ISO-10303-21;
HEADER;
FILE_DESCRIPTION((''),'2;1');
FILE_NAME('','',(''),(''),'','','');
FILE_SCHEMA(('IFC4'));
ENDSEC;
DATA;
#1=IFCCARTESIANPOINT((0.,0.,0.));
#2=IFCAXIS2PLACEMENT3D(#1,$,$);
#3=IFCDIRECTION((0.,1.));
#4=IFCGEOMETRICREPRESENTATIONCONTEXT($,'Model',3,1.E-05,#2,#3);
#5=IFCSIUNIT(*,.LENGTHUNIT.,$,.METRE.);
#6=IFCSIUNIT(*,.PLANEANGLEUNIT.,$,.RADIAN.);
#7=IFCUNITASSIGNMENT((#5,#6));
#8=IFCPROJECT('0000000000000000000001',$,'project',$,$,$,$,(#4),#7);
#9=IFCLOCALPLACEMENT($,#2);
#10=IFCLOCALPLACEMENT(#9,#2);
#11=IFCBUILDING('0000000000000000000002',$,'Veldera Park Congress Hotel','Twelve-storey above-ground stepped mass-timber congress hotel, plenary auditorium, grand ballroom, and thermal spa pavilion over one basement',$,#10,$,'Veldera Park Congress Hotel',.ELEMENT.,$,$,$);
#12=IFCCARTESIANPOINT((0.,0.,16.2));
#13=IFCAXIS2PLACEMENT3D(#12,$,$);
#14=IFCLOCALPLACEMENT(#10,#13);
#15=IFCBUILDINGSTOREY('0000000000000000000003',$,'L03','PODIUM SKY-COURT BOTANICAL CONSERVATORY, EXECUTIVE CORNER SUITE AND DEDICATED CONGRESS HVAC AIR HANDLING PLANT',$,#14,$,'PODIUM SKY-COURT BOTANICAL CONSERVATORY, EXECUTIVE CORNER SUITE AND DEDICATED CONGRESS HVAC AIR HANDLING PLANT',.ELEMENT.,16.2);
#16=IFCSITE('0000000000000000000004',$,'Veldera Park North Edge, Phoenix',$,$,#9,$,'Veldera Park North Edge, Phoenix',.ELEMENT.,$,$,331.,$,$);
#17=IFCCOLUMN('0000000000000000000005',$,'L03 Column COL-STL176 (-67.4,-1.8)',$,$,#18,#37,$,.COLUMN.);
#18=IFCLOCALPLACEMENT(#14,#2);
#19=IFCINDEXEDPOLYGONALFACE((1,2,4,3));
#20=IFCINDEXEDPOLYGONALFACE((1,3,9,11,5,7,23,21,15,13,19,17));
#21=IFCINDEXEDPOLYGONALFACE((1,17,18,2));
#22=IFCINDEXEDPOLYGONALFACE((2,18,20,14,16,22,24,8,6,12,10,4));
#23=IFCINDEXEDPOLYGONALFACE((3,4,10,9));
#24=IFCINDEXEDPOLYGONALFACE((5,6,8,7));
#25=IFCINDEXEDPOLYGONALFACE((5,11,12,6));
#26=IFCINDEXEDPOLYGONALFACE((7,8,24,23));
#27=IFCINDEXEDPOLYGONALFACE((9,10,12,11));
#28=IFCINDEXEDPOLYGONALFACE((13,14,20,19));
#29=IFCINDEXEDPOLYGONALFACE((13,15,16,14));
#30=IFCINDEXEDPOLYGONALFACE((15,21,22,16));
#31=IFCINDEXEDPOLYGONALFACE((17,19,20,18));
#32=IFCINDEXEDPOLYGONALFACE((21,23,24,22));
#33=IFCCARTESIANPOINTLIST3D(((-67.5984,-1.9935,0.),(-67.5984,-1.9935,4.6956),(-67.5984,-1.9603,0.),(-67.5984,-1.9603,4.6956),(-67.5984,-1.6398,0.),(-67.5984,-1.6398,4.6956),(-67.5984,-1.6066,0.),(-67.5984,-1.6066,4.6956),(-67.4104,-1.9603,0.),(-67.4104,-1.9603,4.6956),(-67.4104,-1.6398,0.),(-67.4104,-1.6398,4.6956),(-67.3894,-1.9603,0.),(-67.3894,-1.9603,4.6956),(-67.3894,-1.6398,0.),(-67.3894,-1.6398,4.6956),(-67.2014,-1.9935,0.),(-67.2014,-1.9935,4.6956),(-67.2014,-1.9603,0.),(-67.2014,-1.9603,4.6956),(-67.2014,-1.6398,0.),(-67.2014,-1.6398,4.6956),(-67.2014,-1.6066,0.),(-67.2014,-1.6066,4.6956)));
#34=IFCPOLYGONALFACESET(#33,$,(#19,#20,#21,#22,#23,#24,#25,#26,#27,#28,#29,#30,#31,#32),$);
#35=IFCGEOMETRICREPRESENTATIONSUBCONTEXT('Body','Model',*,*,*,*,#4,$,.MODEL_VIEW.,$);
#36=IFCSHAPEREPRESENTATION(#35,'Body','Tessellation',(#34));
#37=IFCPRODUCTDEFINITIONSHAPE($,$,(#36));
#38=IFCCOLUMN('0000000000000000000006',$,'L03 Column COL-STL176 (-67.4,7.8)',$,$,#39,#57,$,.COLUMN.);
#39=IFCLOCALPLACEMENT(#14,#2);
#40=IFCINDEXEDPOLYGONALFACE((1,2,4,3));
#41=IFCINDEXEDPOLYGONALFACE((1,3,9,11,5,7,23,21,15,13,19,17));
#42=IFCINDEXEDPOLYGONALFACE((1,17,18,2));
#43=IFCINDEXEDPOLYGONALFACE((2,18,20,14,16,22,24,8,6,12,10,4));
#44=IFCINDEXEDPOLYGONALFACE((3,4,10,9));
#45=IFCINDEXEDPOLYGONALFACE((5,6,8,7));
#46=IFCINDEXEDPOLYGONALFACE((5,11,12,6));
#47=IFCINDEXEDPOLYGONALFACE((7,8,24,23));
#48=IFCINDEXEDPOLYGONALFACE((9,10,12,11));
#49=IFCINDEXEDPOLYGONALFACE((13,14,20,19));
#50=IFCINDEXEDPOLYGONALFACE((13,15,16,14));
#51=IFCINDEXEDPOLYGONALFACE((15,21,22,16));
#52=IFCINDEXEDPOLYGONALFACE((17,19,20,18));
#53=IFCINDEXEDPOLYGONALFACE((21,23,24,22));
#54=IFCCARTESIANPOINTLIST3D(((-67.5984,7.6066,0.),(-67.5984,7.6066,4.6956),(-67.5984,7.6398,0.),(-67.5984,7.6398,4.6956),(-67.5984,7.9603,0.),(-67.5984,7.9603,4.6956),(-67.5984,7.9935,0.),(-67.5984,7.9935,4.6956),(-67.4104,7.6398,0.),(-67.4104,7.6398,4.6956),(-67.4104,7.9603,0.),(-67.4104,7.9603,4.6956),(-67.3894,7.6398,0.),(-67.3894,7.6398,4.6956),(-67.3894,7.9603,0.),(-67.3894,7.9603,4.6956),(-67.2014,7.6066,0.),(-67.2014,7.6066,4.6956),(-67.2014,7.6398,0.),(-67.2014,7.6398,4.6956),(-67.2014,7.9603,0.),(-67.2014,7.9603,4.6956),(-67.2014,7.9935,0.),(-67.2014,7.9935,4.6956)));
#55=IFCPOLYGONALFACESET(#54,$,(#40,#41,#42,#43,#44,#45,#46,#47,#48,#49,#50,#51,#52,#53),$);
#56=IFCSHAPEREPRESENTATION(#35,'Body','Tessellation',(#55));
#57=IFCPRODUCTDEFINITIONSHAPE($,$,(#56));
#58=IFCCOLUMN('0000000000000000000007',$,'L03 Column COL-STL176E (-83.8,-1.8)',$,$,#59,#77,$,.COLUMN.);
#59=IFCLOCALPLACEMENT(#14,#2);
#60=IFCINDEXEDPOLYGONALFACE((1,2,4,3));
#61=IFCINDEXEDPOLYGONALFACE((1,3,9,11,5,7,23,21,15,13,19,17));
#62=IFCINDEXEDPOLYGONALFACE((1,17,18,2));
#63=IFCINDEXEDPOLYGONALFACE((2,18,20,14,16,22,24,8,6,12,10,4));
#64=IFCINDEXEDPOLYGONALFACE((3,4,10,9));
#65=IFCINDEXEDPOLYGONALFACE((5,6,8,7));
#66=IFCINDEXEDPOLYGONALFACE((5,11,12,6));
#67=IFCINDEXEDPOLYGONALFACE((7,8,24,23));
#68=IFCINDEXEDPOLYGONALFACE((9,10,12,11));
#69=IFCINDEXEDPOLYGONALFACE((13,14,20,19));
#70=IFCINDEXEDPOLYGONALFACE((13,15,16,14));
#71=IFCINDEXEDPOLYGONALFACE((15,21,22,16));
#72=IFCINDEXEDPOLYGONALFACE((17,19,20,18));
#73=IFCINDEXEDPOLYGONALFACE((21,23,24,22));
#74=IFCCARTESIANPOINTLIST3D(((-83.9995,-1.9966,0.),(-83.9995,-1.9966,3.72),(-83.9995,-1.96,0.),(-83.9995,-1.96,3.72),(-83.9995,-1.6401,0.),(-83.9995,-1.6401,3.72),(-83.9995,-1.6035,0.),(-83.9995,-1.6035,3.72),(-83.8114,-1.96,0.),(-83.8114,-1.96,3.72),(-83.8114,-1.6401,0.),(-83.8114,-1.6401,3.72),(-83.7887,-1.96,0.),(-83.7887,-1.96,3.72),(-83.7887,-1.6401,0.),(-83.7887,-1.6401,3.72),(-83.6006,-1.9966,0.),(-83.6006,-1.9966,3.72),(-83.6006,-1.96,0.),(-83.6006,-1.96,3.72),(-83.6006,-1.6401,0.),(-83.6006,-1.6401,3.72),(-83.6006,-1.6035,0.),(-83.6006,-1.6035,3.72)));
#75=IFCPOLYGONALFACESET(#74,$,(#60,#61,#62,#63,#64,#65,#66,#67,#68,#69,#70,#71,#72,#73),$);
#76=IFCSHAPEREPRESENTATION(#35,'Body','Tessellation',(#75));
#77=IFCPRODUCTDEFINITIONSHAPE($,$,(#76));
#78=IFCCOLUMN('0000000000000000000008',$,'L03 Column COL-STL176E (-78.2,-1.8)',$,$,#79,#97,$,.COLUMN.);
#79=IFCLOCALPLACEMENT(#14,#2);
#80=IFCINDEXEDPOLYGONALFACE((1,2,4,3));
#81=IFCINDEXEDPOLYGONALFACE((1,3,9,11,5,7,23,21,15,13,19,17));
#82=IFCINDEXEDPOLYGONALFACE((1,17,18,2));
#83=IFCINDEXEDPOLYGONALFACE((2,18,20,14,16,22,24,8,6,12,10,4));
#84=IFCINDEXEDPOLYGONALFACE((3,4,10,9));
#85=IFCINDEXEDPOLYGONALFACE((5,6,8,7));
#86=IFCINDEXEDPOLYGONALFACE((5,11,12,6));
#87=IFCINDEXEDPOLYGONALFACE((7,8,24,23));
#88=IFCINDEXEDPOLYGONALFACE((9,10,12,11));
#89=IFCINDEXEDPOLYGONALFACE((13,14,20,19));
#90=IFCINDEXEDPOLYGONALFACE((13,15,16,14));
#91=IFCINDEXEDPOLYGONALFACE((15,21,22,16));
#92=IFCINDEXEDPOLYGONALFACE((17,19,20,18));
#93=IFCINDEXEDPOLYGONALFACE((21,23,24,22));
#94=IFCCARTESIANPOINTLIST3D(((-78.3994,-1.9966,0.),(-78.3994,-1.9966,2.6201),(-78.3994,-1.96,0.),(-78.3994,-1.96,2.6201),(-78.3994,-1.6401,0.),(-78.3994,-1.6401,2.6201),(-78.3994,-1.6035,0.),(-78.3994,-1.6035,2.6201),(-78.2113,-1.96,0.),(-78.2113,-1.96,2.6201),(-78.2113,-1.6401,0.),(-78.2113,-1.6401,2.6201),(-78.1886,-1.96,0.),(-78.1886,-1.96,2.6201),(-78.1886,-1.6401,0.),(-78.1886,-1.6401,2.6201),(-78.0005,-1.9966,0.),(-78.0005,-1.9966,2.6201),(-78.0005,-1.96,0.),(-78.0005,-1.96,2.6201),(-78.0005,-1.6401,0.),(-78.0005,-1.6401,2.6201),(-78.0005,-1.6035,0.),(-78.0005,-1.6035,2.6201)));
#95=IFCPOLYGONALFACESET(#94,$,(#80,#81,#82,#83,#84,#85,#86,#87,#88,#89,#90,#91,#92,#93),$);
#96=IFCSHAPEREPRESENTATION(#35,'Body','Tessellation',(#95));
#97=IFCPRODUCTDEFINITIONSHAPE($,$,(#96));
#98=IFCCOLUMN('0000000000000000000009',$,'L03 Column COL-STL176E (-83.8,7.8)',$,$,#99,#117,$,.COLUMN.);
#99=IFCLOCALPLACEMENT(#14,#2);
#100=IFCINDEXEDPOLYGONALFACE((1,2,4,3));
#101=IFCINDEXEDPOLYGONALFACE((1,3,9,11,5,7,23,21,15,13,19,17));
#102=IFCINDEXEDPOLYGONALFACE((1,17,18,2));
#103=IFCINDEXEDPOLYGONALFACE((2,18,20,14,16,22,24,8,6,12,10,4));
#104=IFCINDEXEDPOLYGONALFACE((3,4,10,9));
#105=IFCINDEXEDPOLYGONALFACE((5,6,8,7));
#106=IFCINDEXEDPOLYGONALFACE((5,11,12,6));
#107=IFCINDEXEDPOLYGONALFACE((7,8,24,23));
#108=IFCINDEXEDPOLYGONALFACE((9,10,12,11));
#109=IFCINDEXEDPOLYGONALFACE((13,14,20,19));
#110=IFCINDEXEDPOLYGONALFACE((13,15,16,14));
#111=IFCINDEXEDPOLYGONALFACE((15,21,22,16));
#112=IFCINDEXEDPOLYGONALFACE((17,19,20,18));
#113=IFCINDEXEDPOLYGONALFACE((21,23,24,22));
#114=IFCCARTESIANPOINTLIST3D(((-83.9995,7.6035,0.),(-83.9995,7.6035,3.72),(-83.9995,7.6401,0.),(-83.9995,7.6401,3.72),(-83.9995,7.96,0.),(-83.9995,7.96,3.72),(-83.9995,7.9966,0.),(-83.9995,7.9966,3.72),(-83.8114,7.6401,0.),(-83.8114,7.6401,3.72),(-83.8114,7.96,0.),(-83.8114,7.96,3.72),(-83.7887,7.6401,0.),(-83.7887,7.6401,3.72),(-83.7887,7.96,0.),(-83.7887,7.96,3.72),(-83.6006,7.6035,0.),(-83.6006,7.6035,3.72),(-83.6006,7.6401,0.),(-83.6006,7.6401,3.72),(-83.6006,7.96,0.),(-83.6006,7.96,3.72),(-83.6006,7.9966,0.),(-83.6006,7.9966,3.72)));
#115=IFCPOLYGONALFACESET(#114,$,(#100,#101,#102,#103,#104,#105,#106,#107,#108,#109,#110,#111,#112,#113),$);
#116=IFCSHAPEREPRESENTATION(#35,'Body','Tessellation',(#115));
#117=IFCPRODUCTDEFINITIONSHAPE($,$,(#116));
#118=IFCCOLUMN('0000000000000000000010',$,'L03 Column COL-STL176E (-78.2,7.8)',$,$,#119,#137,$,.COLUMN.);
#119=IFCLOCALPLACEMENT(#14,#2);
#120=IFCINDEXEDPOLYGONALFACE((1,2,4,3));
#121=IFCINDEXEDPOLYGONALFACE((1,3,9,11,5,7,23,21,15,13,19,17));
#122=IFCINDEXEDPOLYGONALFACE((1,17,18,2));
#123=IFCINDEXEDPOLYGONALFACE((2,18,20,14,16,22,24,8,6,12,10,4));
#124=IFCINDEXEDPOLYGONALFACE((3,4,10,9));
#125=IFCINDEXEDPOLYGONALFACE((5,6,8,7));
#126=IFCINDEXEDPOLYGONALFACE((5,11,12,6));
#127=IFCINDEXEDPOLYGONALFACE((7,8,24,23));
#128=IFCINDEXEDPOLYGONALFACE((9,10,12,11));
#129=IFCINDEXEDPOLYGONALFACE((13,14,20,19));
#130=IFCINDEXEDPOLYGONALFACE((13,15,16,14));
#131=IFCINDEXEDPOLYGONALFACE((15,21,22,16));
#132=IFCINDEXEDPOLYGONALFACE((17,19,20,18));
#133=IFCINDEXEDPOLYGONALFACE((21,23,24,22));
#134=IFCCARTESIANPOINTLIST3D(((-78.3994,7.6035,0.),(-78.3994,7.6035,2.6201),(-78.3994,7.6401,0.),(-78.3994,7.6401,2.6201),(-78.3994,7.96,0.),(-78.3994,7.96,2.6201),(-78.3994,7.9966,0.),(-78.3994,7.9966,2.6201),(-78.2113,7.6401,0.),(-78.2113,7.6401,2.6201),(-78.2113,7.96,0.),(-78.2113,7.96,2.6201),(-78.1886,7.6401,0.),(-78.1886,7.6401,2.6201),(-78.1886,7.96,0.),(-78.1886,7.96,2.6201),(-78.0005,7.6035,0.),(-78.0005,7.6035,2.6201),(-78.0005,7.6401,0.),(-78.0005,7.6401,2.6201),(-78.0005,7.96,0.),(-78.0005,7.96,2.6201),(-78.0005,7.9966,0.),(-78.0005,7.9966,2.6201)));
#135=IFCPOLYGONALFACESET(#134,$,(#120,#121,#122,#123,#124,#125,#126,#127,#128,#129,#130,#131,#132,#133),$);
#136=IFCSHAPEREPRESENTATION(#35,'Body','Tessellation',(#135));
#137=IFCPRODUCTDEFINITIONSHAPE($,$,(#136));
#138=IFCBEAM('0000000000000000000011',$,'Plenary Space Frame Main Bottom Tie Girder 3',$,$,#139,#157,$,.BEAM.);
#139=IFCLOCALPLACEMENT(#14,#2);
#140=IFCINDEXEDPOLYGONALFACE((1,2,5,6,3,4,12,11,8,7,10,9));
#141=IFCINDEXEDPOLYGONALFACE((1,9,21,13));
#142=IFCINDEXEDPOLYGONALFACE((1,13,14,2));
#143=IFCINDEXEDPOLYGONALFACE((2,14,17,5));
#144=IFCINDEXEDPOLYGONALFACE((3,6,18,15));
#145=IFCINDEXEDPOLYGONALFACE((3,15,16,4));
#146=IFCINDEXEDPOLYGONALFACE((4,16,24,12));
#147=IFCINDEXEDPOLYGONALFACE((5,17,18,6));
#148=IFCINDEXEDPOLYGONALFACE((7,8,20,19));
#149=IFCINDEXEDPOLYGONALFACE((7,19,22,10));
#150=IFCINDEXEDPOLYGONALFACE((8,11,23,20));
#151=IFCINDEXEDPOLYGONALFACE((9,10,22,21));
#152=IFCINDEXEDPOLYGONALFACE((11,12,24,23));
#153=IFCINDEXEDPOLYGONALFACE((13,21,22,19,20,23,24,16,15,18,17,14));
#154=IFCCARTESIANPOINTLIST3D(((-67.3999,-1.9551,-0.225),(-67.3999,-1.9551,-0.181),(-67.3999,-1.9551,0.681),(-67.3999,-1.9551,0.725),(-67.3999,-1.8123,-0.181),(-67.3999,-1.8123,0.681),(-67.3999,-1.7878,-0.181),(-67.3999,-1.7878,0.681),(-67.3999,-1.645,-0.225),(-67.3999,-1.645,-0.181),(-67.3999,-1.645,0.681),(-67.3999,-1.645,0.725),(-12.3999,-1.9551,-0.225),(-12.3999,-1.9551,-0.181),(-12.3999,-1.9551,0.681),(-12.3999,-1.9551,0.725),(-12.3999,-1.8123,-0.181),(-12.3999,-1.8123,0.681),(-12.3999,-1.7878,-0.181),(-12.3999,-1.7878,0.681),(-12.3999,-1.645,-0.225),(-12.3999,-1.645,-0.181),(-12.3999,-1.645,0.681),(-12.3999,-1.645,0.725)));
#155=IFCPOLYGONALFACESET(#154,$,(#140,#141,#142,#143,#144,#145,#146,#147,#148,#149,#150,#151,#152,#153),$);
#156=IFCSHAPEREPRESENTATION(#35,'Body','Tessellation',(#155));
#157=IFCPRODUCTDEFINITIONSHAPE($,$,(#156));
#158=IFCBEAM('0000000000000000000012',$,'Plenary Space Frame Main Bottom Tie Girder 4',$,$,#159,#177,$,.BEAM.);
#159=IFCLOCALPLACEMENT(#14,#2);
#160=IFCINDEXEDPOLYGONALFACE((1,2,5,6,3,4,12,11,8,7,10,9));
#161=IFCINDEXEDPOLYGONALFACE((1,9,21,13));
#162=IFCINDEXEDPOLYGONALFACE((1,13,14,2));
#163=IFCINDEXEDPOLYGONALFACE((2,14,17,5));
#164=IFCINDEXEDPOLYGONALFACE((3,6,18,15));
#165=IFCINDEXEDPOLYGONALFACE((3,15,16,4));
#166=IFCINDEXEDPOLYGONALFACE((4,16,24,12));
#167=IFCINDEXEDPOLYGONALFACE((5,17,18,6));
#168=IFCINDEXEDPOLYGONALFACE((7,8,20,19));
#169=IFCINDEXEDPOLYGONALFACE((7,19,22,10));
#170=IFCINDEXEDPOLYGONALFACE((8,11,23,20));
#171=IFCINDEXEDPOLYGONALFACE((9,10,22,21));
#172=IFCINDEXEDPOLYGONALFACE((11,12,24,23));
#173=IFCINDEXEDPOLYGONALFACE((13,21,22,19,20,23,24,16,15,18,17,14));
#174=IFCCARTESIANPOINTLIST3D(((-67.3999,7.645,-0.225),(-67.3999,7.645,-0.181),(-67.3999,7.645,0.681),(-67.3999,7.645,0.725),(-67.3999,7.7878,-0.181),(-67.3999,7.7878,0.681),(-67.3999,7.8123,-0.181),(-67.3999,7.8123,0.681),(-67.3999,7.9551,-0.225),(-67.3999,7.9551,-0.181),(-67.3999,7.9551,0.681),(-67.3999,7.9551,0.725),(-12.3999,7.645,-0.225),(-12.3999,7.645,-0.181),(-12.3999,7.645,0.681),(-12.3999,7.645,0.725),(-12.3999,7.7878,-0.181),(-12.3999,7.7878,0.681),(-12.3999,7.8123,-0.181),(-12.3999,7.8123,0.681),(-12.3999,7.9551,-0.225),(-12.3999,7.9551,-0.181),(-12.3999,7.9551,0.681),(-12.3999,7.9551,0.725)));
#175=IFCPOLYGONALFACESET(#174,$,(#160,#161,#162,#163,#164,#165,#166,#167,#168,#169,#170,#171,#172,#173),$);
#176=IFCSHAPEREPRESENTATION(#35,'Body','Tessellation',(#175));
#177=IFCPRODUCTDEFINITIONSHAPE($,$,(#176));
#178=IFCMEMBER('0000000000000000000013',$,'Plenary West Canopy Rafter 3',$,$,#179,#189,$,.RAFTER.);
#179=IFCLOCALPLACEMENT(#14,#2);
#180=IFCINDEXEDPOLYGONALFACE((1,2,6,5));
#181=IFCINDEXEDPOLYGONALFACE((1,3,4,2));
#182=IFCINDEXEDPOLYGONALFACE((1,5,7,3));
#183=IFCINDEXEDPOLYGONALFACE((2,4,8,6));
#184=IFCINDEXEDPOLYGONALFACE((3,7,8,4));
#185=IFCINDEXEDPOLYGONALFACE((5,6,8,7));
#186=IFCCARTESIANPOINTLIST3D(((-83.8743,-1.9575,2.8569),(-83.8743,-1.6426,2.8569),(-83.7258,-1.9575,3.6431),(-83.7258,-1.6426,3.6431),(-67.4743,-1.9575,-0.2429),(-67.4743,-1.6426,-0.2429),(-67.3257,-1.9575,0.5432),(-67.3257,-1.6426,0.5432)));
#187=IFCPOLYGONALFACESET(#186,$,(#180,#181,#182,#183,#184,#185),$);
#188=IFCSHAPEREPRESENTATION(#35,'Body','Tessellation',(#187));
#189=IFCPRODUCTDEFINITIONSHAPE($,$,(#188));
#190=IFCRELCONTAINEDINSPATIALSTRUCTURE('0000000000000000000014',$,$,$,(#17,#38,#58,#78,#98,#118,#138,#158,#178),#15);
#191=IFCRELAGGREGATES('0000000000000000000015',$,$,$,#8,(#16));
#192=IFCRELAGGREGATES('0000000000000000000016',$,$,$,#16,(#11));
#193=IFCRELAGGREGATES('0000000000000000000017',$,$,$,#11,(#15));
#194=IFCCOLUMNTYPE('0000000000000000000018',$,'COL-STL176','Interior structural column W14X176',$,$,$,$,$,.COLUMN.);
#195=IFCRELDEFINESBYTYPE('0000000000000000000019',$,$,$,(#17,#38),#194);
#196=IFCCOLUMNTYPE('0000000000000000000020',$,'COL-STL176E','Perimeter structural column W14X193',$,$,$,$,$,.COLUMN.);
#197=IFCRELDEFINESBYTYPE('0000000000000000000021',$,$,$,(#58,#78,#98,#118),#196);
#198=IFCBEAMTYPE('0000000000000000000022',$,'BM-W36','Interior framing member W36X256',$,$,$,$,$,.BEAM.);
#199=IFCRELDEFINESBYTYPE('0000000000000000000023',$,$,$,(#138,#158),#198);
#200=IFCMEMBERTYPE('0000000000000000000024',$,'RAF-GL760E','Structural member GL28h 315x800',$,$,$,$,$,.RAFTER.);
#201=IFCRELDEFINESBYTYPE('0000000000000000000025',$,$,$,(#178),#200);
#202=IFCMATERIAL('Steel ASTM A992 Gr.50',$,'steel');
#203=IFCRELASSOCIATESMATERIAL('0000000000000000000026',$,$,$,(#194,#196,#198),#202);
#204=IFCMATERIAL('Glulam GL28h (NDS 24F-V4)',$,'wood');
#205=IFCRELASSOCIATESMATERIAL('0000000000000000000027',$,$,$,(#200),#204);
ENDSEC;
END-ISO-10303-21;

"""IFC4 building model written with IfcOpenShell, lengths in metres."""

from ifc_helpers import new_model, si_unit, direction, frame, origin, origin_2d, place, context, subcontext, project, spatial, rectangle, i_section, extrude, material, material_profile, profile_set, type_object, element, save


model = new_model("IFC4")

# Units and contexts
model_context = context("Model", 3, precision=1e-05, world=origin(), true_north=direction((0.0, 1.0)))
body_context = subcontext(model_context, "Body", "Model", "MODEL_VIEW")
ifc_project = project(units=[si_unit("LENGTHUNIT", "METRE"), si_unit("PLANEANGLEUNIT", "RADIAN")], contexts=[model_context])

# Site, building, storey
site_placement = place(None, origin())
site = spatial("IfcSite", under=ifc_project, at=site_placement, Name="Veldera Park North Edge, Phoenix", LongName="Veldera Park North Edge, Phoenix", CompositionType="ELEMENT", RefElevation=331.0)
building_placement = place(site_placement, origin())
building = spatial("IfcBuilding", under=site, at=building_placement, Name="Veldera Park Congress Hotel", Description="Twelve-storey above-ground stepped mass-timber congress hotel, plenary auditorium, grand ballroom, and thermal spa pavilion over one basement", LongName="Veldera Park Congress Hotel", CompositionType="ELEMENT")
storey_placement = place(building_placement, frame((0.0, 0.0, 16.2)))
storey = spatial("IfcBuildingStorey", under=building, at=storey_placement, Name="L03", Description="PODIUM SKY-COURT BOTANICAL CONSERVATORY, EXECUTIVE CORNER SUITE AND DEDICATED CONGRESS HVAC AIR HANDLING PLANT", LongName="PODIUM SKY-COURT BOTANICAL CONSERVATORY, EXECUTIVE CORNER SUITE AND DEDICATED CONGRESS HVAC AIR HANDLING PLANT", CompositionType="ELEMENT", Elevation=16.2)

# Columns
ifc_material_1 = material(Name="Steel ASTM A992 Gr.50", Category="steel")
ifc_material_profile_1 = material_profile(ifc_material_1, i_section(OverallWidth=0.397, OverallDepth=0.387, WebThickness=0.021, FlangeThickness=0.0332, at=origin_2d()), Name="W14X176")
ifc_profile_set_1 = profile_set([ifc_material_profile_1], Name="Steel ASTM A992 Gr.50")
column_type_1 = type_object("IfcColumnType", Name="COL-STL176", Description="Interior structural column W14X176", PredefinedType="COLUMN", material=ifc_profile_set_1)
for number, where, z_axis, x_axis, name in (
    (1, (-67.3999, -1.8, 0.0), (0.0, 0.0, 1.0), (1.0, 0.0, 0.0), "L03 Column COL-STL176 (-67.4,-1.8)"),
    (2, (-67.3999, 7.8, 0.0), (0.0, 0.0, 1.0), (1.0, 0.0, 0.0), "L03 Column COL-STL176 (-67.4,7.8)"),
):
    element("IfcColumn", number, at=place(storey_placement, frame(where, z_axis=z_axis, x_axis=x_axis)), inside=storey, type_object=column_type_1, Name=name, PredefinedType="COLUMN", context=body_context, shape_type="SweptSolid", body=[
        extrude(i_section(OverallWidth=0.397, OverallDepth=0.387, WebThickness=0.021, FlangeThickness=0.0332, at=origin_2d()), origin(), (0.0, 0.0, 1.0), 4.6956),
    ])
ifc_material_profile_2 = material_profile(ifc_material_1, i_section(OverallWidth=0.3989, OverallDepth=0.3931, WebThickness=0.0227, FlangeThickness=0.0366, at=origin_2d()), Name="W14X193")
ifc_profile_set_2 = profile_set([ifc_material_profile_2], Name="Steel ASTM A992 Gr.50")
column_type_2 = type_object("IfcColumnType", Name="COL-STL176E", Description="Perimeter structural column W14X193", PredefinedType="COLUMN", material=ifc_profile_set_2)
column_1_placement = place(storey_placement, frame((-83.8, -1.8, 0.0), z_axis=(0.0, 0.0, 1.0), x_axis=(1.0, 0.0, 0.0)))
element("IfcColumn", 3, at=column_1_placement, inside=storey, type_object=column_type_2, Name="L03 Column COL-STL176E (-83.8,-1.8)", PredefinedType="COLUMN", context=body_context, shape_type="SweptSolid", body=[
    extrude(i_section(OverallWidth=0.3989, OverallDepth=0.3931, WebThickness=0.0227, FlangeThickness=0.0366, at=origin_2d()), origin(), (0.0, 0.0, 1.0), 3.72),
])
column_2_placement = place(storey_placement, frame((-78.2, -1.8, 0.0), z_axis=(0.0, 0.0, 1.0), x_axis=(1.0, 0.0, 0.0)))
element("IfcColumn", 4, at=column_2_placement, inside=storey, type_object=column_type_2, Name="L03 Column COL-STL176E (-78.2,-1.8)", PredefinedType="COLUMN", context=body_context, shape_type="SweptSolid", body=[
    extrude(i_section(OverallWidth=0.3989, OverallDepth=0.3931, WebThickness=0.0227, FlangeThickness=0.0366, at=origin_2d()), origin(), (0.0, 0.0, 1.0), 2.6201),
])
column_3_placement = place(storey_placement, frame((-83.8, 7.8, 0.0), z_axis=(0.0, 0.0, 1.0), x_axis=(1.0, 0.0, 0.0)))
element("IfcColumn", 5, at=column_3_placement, inside=storey, type_object=column_type_2, Name="L03 Column COL-STL176E (-83.8,7.8)", PredefinedType="COLUMN", context=body_context, shape_type="SweptSolid", body=[
    extrude(i_section(OverallWidth=0.3989, OverallDepth=0.3931, WebThickness=0.0227, FlangeThickness=0.0366, at=origin_2d()), origin(), (0.0, 0.0, 1.0), 3.72),
])
column_4_placement = place(storey_placement, frame((-78.2, 7.8, 0.0), z_axis=(0.0, 0.0, 1.0), x_axis=(1.0, 0.0, 0.0)))
element("IfcColumn", 6, at=column_4_placement, inside=storey, type_object=column_type_2, Name="L03 Column COL-STL176E (-78.2,7.8)", PredefinedType="COLUMN", context=body_context, shape_type="SweptSolid", body=[
    extrude(i_section(OverallWidth=0.3989, OverallDepth=0.3931, WebThickness=0.0227, FlangeThickness=0.0366, at=origin_2d()), origin(), (0.0, 0.0, 1.0), 2.6201),
])

# Beams
ifc_material_profile_3 = material_profile(ifc_material_1, i_section(OverallWidth=0.3101, OverallDepth=0.95, WebThickness=0.0244, FlangeThickness=0.0439, at=origin_2d()), Name="W36X256")
ifc_profile_set_3 = profile_set([ifc_material_profile_3], Name="Steel ASTM A992 Gr.50")
beam_type = type_object("IfcBeamType", Name="BM-W36", Description="Interior framing member W36X256", PredefinedType="BEAM", material=ifc_profile_set_3)
for number, where, z_axis, x_axis, name in (
    (7, (-67.3999, -1.8, 0.25), (1.0, 0.0, 0.0), (0.0, 1.0, 0.0), "Plenary Space Frame Main Bottom Tie Girder 3"),
    (8, (-67.3999, 7.8, 0.25), (1.0, 0.0, 0.0), (0.0, 1.0, 0.0), "Plenary Space Frame Main Bottom Tie Girder 4"),
):
    element("IfcBeam", number, at=place(storey_placement, frame(where, z_axis=z_axis, x_axis=x_axis)), inside=storey, type_object=beam_type, Name=name, PredefinedType="BEAM", context=body_context, shape_type="SweptSolid", body=[
        extrude(i_section(OverallWidth=0.3101, OverallDepth=0.95, WebThickness=0.0244, FlangeThickness=0.0439, at=origin_2d()), origin(), (0.0, 0.0, 1.0), 55.0),
    ])

# Member
ifc_material_2 = material(Name="Glulam GL28h (NDS 24F-V4)", Category="wood")
ifc_material_profile_4 = material_profile(ifc_material_2, rectangle(XDim=0.3149, YDim=0.8, at=origin_2d()), Name="GL28h 315x800")
ifc_profile_set_4 = profile_set([ifc_material_profile_4], Name="Glulam GL28h (NDS 24F-V4)")
member_type_1 = type_object("IfcMemberType", Name="RAF-GL760E", Description="Structural member GL28h 315x800", PredefinedType="RAFTER", material=ifc_profile_set_4)
for number, where, z_axis, x_axis, name in (
    (9, (-83.8, -1.8, 3.25), (0.982602, 0.0, -0.185725), (0.0, 1.0, 0.0), "Plenary West Canopy Rafter 3"),
):
    element("IfcMember", number, at=place(storey_placement, frame(where, z_axis=z_axis, x_axis=x_axis)), inside=storey, type_object=member_type_1, Name=name, PredefinedType="RAFTER", context=body_context, shape_type="SweptSolid", body=[
        extrude(rectangle(XDim=0.3149, YDim=0.8, at=origin_2d()), origin(), (0.0, 0.0, 1.0), 16.6904),
    ])

save(model, "model.ifc")
